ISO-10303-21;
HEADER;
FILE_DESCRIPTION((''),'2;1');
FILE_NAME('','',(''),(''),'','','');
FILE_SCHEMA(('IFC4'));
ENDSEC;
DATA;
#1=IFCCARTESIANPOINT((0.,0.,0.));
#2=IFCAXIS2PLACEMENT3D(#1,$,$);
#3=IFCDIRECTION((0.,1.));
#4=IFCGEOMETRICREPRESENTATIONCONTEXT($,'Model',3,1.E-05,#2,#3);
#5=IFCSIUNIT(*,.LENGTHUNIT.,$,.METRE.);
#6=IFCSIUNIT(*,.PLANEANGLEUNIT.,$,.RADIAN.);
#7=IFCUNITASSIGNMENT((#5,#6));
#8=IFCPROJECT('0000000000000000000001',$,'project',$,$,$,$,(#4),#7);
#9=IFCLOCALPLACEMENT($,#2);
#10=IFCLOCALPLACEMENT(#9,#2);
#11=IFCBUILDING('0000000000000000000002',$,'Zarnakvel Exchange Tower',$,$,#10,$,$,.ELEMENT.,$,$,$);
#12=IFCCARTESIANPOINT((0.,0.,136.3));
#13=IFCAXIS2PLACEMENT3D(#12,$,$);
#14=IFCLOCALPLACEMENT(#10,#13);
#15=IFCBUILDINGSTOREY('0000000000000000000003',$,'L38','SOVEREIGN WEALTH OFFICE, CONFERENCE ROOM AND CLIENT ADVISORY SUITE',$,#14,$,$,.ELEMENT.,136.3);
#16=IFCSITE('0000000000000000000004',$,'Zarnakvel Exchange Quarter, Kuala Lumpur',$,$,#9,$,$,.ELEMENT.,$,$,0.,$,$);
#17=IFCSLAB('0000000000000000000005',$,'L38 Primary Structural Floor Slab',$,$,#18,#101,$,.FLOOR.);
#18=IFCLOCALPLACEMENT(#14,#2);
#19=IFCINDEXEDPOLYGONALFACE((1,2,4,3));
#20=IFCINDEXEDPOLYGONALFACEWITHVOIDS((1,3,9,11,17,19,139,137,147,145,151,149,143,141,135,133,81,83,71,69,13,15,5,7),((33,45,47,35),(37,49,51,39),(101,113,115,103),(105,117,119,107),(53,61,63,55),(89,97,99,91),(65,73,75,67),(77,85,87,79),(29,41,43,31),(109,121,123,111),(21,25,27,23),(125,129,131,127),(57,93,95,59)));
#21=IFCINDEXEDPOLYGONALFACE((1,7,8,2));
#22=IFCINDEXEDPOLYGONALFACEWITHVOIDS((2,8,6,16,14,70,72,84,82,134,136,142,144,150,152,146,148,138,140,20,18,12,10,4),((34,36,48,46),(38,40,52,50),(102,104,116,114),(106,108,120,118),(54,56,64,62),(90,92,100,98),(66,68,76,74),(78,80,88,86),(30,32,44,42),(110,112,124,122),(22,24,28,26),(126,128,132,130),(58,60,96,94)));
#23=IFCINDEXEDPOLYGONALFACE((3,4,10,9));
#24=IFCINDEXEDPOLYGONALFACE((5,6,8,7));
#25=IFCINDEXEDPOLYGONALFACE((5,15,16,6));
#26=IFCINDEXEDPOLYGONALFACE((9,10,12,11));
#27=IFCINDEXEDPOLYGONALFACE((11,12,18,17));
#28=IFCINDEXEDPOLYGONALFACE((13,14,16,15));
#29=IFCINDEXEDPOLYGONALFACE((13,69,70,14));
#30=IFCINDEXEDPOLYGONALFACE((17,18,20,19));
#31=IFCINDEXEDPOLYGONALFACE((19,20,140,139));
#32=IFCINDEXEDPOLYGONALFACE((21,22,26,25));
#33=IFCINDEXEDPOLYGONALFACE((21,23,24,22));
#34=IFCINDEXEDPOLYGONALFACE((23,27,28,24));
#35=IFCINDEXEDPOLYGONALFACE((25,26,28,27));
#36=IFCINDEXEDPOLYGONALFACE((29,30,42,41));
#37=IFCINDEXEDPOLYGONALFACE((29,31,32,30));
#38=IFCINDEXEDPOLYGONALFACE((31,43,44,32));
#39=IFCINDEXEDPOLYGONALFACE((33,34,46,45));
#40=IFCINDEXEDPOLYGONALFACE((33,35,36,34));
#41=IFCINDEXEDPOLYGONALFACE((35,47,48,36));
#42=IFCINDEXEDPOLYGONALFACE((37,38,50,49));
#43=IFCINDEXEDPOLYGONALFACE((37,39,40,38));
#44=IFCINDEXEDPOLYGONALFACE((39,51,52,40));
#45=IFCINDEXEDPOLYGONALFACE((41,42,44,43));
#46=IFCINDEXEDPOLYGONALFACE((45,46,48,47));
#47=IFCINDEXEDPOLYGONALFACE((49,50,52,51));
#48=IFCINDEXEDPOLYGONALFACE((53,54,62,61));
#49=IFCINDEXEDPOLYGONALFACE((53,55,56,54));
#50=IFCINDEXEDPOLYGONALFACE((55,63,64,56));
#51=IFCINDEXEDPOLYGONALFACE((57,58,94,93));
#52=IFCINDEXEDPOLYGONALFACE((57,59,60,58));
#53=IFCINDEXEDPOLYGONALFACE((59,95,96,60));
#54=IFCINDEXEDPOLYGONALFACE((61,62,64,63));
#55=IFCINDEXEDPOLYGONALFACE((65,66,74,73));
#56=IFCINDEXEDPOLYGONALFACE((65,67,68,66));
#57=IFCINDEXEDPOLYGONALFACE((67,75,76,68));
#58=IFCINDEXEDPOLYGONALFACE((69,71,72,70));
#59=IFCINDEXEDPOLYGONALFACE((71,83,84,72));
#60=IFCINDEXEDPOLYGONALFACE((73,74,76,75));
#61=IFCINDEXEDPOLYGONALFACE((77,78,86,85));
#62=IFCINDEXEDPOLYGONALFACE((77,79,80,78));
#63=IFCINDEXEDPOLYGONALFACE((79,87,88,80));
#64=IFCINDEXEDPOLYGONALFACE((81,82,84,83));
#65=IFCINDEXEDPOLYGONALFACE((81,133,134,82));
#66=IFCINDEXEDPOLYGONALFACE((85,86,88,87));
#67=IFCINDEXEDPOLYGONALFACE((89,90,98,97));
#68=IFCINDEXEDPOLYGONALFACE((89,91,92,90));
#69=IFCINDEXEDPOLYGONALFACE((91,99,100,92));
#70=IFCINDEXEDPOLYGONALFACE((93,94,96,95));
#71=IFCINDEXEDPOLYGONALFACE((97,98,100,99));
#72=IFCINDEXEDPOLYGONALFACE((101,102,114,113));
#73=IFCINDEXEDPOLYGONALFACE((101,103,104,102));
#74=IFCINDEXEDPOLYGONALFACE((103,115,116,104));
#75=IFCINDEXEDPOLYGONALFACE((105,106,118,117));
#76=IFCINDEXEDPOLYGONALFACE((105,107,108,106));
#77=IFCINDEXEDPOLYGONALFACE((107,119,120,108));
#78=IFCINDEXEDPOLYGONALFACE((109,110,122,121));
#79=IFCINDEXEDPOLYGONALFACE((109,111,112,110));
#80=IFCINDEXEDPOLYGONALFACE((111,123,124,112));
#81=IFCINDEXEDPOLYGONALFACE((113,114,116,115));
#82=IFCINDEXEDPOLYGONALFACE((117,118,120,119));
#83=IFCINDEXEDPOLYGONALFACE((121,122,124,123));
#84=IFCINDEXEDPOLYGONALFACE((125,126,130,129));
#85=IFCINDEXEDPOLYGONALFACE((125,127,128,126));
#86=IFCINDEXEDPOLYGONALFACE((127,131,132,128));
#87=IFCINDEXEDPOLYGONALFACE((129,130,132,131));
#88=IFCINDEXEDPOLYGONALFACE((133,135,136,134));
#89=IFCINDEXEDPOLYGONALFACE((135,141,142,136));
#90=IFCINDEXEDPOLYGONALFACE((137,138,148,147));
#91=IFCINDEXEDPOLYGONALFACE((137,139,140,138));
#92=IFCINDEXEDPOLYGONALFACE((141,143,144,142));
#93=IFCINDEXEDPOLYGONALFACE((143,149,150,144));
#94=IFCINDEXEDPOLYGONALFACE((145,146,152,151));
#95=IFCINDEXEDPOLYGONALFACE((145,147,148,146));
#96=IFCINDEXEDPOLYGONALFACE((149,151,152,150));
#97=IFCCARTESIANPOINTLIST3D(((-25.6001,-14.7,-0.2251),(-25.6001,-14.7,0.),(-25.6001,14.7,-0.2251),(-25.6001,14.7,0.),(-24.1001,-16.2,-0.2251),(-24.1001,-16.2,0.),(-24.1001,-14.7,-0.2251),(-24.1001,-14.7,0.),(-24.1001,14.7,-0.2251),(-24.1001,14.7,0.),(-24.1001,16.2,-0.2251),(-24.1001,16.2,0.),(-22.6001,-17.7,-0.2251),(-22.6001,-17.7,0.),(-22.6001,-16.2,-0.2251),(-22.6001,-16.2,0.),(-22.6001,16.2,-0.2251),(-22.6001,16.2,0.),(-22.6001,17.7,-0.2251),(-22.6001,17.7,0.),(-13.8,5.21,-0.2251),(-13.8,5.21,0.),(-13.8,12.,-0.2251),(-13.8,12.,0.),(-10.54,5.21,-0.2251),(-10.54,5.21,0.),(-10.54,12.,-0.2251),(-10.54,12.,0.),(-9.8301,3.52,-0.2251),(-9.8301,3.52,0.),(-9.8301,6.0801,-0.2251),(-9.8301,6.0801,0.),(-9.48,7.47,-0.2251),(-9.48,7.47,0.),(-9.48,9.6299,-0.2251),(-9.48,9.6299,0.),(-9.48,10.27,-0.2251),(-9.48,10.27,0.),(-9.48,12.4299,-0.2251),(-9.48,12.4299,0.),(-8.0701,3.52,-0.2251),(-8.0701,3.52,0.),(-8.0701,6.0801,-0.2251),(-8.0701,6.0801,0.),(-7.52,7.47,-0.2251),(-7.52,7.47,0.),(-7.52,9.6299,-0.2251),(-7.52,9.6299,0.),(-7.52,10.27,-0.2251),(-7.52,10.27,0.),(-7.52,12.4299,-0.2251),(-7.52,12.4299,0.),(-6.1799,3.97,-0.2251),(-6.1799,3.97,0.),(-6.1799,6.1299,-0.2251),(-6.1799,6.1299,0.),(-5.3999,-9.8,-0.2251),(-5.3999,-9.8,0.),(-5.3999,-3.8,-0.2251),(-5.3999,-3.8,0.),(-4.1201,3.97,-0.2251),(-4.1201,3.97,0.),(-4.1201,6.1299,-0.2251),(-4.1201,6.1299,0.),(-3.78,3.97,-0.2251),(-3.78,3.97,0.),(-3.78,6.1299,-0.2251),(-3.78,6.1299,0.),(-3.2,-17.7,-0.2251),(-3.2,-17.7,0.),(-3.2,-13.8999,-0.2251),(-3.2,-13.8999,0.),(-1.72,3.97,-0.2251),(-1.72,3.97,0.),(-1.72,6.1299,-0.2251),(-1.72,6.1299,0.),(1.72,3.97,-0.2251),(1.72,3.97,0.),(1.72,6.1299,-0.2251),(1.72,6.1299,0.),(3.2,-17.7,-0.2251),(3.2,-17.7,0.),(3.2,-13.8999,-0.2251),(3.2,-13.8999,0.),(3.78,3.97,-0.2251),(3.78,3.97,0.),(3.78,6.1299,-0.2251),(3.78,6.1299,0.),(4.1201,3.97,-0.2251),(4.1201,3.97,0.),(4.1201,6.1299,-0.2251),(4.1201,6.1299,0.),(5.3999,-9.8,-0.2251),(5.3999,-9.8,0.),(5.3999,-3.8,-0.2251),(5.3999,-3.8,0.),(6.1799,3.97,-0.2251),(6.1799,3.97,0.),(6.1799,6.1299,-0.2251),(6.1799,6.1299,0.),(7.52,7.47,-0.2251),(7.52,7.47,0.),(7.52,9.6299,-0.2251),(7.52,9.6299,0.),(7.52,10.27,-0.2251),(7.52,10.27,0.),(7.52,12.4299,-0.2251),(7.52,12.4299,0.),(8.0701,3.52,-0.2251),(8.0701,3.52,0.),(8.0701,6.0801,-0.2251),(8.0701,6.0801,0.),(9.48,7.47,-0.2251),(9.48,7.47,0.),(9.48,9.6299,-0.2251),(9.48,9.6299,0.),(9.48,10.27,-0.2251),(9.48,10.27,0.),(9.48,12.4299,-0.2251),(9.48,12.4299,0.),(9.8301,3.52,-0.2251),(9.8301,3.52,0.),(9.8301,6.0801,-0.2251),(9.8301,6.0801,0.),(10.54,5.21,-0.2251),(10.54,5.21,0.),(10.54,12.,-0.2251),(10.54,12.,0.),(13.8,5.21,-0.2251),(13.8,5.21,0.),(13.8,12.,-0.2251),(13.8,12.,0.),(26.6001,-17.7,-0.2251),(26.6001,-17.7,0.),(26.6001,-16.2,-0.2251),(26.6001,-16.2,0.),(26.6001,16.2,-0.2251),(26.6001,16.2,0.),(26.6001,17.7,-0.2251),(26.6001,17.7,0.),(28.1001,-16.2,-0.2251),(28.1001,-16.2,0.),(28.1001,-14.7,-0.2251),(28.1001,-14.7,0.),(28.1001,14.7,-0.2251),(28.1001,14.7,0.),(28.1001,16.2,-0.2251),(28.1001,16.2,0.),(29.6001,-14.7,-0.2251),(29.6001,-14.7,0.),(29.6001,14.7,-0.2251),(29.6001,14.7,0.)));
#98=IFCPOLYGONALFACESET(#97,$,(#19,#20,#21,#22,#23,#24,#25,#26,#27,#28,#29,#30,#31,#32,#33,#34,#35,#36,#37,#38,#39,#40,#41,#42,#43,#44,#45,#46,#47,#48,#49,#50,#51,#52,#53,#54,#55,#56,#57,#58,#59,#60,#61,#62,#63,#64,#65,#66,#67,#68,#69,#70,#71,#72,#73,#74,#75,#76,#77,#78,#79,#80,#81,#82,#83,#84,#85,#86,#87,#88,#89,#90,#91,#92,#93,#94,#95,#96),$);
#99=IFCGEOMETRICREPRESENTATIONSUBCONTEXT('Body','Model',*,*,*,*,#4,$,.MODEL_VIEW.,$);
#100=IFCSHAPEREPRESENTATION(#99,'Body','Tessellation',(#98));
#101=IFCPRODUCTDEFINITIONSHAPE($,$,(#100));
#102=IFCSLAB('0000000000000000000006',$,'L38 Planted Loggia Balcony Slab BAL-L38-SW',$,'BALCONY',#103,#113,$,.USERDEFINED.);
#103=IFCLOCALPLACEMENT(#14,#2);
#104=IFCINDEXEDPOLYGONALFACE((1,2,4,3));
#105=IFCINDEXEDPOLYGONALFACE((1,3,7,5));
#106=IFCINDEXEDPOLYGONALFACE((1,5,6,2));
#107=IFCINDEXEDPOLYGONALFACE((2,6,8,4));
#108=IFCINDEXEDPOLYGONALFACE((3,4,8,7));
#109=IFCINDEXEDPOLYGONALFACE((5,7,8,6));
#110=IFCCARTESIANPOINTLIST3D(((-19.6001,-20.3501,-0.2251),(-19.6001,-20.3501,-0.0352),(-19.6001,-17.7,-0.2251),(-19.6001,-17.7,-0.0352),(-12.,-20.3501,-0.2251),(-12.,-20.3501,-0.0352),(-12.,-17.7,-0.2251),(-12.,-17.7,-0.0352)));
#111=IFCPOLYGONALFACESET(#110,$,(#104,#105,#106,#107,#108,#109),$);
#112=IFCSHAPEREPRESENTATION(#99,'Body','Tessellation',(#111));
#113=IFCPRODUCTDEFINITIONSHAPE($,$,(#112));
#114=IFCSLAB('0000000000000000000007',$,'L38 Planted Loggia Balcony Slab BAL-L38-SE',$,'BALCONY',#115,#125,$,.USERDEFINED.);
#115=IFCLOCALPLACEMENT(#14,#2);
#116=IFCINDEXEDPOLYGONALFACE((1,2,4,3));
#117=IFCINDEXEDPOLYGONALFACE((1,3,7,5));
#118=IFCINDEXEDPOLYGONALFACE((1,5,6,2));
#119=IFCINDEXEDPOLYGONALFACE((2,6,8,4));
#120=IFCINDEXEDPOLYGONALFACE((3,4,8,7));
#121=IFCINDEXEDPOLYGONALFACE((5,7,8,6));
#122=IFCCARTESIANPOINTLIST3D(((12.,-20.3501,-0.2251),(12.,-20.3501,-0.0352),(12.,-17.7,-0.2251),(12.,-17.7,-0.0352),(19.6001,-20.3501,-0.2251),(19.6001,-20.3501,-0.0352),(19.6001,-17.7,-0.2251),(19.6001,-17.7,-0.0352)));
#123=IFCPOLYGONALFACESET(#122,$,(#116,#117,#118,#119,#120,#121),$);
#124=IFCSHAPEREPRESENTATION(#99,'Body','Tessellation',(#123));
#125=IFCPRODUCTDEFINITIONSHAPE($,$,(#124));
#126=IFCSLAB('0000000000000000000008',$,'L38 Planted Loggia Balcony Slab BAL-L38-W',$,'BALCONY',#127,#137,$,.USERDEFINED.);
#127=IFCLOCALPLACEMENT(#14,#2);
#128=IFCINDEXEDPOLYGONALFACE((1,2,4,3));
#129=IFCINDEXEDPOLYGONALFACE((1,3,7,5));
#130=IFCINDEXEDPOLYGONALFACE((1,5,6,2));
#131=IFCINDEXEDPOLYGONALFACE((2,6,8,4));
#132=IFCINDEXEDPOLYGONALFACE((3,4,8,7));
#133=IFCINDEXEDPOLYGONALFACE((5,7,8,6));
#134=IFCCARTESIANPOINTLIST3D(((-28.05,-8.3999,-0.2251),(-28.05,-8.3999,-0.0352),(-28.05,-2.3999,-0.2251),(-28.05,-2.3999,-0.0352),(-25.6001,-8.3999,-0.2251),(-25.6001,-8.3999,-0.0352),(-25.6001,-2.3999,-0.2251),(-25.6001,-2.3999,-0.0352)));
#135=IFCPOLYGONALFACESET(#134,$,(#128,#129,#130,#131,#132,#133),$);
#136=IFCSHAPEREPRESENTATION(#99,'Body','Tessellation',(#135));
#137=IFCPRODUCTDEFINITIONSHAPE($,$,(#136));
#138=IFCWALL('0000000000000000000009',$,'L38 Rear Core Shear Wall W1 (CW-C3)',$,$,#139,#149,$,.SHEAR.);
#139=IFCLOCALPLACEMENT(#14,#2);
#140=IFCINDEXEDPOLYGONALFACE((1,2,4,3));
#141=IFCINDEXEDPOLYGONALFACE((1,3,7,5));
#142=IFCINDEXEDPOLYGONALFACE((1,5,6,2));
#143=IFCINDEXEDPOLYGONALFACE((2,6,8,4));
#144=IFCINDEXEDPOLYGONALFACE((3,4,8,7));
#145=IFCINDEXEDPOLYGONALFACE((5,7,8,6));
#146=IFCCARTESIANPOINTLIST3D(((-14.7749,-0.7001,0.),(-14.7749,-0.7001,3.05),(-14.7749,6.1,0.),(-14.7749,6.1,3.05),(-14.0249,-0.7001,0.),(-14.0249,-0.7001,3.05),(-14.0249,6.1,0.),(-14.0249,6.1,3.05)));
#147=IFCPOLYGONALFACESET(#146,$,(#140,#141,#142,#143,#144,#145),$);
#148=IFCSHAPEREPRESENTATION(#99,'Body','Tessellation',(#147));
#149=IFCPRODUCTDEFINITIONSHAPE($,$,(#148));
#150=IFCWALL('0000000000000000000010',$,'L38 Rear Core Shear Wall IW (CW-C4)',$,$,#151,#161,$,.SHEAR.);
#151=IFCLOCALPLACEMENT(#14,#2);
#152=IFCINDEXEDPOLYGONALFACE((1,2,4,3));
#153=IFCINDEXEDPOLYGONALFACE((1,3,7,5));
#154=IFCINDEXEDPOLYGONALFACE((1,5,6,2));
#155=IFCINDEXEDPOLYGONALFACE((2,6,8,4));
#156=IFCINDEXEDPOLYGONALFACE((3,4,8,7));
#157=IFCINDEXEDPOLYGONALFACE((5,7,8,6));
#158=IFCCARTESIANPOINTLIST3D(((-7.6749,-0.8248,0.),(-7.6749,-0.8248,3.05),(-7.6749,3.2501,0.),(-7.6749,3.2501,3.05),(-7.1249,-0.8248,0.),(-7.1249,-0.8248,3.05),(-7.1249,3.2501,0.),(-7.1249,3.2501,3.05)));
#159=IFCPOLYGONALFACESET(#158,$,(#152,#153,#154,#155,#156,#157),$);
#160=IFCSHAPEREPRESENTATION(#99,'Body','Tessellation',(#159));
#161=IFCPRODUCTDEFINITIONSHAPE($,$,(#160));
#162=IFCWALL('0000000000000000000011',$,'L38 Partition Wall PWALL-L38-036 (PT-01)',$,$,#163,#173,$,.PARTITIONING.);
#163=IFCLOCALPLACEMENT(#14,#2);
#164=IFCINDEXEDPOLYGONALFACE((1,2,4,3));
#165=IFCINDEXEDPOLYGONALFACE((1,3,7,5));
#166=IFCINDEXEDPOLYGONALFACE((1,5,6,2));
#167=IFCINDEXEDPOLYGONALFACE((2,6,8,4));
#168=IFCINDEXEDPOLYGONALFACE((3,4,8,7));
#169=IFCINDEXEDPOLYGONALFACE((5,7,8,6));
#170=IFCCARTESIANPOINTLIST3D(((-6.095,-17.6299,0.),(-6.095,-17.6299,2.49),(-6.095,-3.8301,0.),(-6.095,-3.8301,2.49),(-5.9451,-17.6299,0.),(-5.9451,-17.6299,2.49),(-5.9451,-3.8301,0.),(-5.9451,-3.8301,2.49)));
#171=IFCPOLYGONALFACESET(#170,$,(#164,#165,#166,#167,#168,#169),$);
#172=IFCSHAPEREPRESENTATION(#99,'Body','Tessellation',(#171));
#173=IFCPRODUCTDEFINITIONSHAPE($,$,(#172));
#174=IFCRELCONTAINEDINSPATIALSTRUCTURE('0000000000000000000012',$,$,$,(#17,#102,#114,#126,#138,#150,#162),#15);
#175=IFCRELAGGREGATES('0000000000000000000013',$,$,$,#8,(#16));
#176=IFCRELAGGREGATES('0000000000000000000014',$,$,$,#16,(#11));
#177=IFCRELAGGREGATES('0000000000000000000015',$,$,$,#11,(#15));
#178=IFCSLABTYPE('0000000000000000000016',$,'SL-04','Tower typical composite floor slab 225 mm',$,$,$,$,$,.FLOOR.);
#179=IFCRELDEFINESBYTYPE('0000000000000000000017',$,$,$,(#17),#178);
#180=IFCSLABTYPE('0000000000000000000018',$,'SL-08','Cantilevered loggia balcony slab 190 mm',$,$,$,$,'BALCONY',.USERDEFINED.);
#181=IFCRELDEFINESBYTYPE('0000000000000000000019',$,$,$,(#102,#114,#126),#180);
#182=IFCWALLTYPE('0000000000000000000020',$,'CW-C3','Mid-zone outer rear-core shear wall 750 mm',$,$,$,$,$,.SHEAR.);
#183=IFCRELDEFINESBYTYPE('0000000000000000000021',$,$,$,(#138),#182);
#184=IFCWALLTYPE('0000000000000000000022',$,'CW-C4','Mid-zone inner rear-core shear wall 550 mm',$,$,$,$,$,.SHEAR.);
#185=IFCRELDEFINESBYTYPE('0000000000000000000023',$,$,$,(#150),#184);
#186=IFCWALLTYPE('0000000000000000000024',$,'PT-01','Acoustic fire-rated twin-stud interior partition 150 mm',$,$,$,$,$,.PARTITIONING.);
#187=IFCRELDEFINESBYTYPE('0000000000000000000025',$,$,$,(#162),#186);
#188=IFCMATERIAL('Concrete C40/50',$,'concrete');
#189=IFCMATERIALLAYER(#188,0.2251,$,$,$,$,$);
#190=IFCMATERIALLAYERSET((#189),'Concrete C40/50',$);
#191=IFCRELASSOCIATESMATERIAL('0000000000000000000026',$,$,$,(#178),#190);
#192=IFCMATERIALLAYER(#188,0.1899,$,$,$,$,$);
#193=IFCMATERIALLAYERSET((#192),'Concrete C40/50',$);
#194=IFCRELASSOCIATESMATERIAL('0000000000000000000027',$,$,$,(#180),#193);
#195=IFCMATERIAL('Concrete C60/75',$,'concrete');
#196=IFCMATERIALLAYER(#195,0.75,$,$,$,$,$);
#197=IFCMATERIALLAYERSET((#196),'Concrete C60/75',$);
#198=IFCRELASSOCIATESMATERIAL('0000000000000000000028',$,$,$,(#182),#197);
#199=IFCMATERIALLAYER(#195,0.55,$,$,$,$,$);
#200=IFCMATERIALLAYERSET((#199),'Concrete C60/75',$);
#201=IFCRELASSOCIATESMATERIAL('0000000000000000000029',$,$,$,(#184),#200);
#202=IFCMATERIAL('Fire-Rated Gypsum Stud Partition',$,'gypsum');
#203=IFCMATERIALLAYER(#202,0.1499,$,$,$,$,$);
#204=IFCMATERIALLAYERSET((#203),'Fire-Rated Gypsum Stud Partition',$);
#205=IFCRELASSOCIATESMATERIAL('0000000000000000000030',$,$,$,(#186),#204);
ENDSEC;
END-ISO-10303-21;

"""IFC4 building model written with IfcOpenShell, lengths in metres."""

from ifc_helpers import new_model, si_unit, direction, frame, frame_2d, origin, place, context, subcontext, project, spatial, polyline, rectangle, outline, extrude, material, layer, layer_set, type_object, element, save


model = new_model("IFC4")

# Units and contexts
model_context = context("Model", 3, precision=1e-05, world=origin(), true_north=direction((0.0, 1.0)))
body_context = subcontext(model_context, "Body", "Model", "MODEL_VIEW")
ifc_project = project(units=[si_unit("LENGTHUNIT", "METRE"), si_unit("PLANEANGLEUNIT", "RADIAN")], contexts=[model_context])

# Site, building, storey
site_placement = place(None, origin())
site = spatial("IfcSite", under=ifc_project, at=site_placement, Name="Zarnakvel Exchange Quarter, Kuala Lumpur", CompositionType="ELEMENT", RefElevation=0.0)
building_placement = place(site_placement, origin())
building = spatial("IfcBuilding", under=site, at=building_placement, Name="Zarnakvel Exchange Tower", CompositionType="ELEMENT")
storey_placement = place(building_placement, frame((0.0, 0.0, 136.3)))
storey = spatial("IfcBuildingStorey", under=building, at=storey_placement, Name="L38", Description="SOVEREIGN WEALTH OFFICE, CONFERENCE ROOM AND CLIENT ADVISORY SUITE", CompositionType="ELEMENT", Elevation=136.3)

# Shared definitions
ifc_material_1 = material(Name="Concrete C60/75", Category="concrete")

# Shared definitions
ifc_material_2 = material(Name="Concrete C40/50", Category="concrete")

# Slabs
ifc_layer_1 = layer(ifc_material_2, 0.2251)
ifc_layer_set_1 = layer_set([ifc_layer_1], Name="Concrete C40/50")
slab_type_1 = type_object("IfcSlabType", Name="SL-04", Description="Tower typical composite floor slab 225 mm", PredefinedType="FLOOR", material=ifc_layer_set_1)
slab_1_placement = place(storey_placement, frame((0.0, 0.0, -0.2251)))
element("IfcSlab", 1, at=slab_1_placement, inside=storey, type_object=slab_type_1, Name="L38 Primary Structural Floor Slab", PredefinedType="FLOOR", context=body_context, shape_type="SweptSolid", body=[
    extrude(outline(polyline([(-25.6001, -14.7), (-24.1001, -14.7), (-24.1001, -16.2), (-22.6001, -16.2), (-22.6001, -17.7), (-3.2, -17.7), (-3.2, -13.8999), (3.2, -13.8999), (3.2, -17.7), (26.6001, -17.7), (26.6001, -16.2), (28.1001, -16.2), (28.1001, -14.7), (29.6001, -14.7), (29.6001, 14.7), (28.1001, 14.7), (28.1001, 16.2), (26.6001, 16.2), (26.6001, 17.7), (-22.6001, 17.7), (-22.6001, 16.2), (-24.1001, 16.2), (-24.1001, 14.7), (-25.6001, 14.7), (-25.6001, -14.7)]), holes=[polyline([(-5.3999, -9.8), (5.3999, -9.8), (5.3999, -3.8), (-5.3999, -3.8), (-5.3999, -9.8)]), polyline([(-13.8, 5.21), (-10.54, 5.21), (-10.54, 12.0), (-13.8, 12.0), (-13.8, 5.21)]), polyline([(10.54, 5.21), (13.8, 5.21), (13.8, 12.0), (10.54, 12.0), (10.54, 5.21)]), polyline([(-9.8301, 3.52), (-8.0701, 3.52), (-8.0701, 6.0801), (-9.8301, 6.0801), (-9.8301, 3.52)]), polyline([(8.0701, 3.52), (9.8301, 3.52), (9.8301, 6.0801), (8.0701, 6.0801), (8.0701, 3.52)]), polyline([(-6.1799, 3.97), (-4.1201, 3.97), (-4.1201, 6.1299), (-6.1799, 6.1299), (-6.1799, 3.97)]), polyline([(-3.78, 3.97), (-1.72, 3.97), (-1.72, 6.1299), (-3.78, 6.1299), (-3.78, 3.97)]), polyline([(1.72, 3.97), (3.78, 3.97), (3.78, 6.1299), (1.72, 6.1299), (1.72, 3.97)]), polyline([(4.1201, 3.97), (6.1799, 3.97), (6.1799, 6.1299), (4.1201, 6.1299), (4.1201, 3.97)]), polyline([(-9.48, 7.47), (-7.52, 7.47), (-7.52, 9.6299), (-9.48, 9.6299), (-9.48, 7.47)]), polyline([(-9.48, 10.27), (-7.52, 10.27), (-7.52, 12.4299), (-9.48, 12.4299), (-9.48, 10.27)]), polyline([(7.52, 7.47), (9.48, 7.47), (9.48, 9.6299), (7.52, 9.6299), (7.52, 7.47)]), polyline([(7.52, 10.27), (9.48, 10.27), (9.48, 12.4299), (7.52, 12.4299), (7.52, 10.27)])]), origin(), (0.0, 0.0, 1.0), 0.2251),
])
ifc_layer_2 = layer(ifc_material_2, 0.1899)
ifc_layer_set_2 = layer_set([ifc_layer_2], Name="Concrete C40/50")
slab_type_2 = type_object("IfcSlabType", Name="SL-08", Description="Cantilevered loggia balcony slab 190 mm", ElementType="BALCONY", PredefinedType="USERDEFINED", material=ifc_layer_set_2)
slab_2_placement = place(storey_placement, frame((0.0, 0.0, -0.2251)))
element("IfcSlab", 2, at=slab_2_placement, inside=storey, type_object=slab_type_2, Name="L38 Planted Loggia Balcony Slab BAL-L38-SW", ObjectType="BALCONY", PredefinedType="USERDEFINED", context=body_context, shape_type="SweptSolid", body=[
    extrude(outline(polyline([(-19.6001, -20.3501), (-12.0, -20.3501), (-12.0, -17.7), (-19.6001, -17.7), (-19.6001, -20.3501)])), origin(), (0.0, 0.0, 1.0), 0.1899),
])
slab_3_placement = place(storey_placement, frame((0.0, 0.0, -0.2251)))
element("IfcSlab", 3, at=slab_3_placement, inside=storey, type_object=slab_type_2, Name="L38 Planted Loggia Balcony Slab BAL-L38-SE", ObjectType="BALCONY", PredefinedType="USERDEFINED", context=body_context, shape_type="SweptSolid", body=[
    extrude(outline(polyline([(12.0, -20.3501), (19.6001, -20.3501), (19.6001, -17.7), (12.0, -17.7), (12.0, -20.3501)])), origin(), (0.0, 0.0, 1.0), 0.1899),
])
slab_4_placement = place(storey_placement, frame((0.0, 0.0, -0.2251)))
element("IfcSlab", 4, at=slab_4_placement, inside=storey, type_object=slab_type_2, Name="L38 Planted Loggia Balcony Slab BAL-L38-W", ObjectType="BALCONY", PredefinedType="USERDEFINED", context=body_context, shape_type="SweptSolid", body=[
    extrude(outline(polyline([(-28.05, -8.3999), (-25.6001, -8.3999), (-25.6001, -2.3999), (-28.05, -2.3999), (-28.05, -8.3999)])), origin(), (0.0, 0.0, 1.0), 0.1899),
])

# Wall
ifc_layer_3 = layer(ifc_material_1, 0.75)
ifc_layer_set_3 = layer_set([ifc_layer_3], Name="Concrete C60/75")
wall_type_1 = type_object("IfcWallType", Name="CW-C3", Description="Mid-zone outer rear-core shear wall 750 mm", PredefinedType="SHEAR", material=ifc_layer_set_3)
wall_1_placement = place(storey_placement, frame((-14.3999, -0.7, 0.0), z_axis=(0.0, 0.0, 1.0), x_axis=(0.0, 1.0, 0.0)))
element("IfcWall", 5, at=wall_1_placement, inside=storey, type_object=wall_type_1, Name="L38 Rear Core Shear Wall W1 (CW-C3)", PredefinedType="SHEAR", context=body_context, shape_type="SweptSolid", body=[
    extrude(rectangle(XDim=6.8, YDim=0.75, at=frame_2d((3.3999, 0.0))), origin(), (0.0, 0.0, 1.0), 3.05),
])

# Walls
ifc_layer_4 = layer(ifc_material_1, 0.55)
ifc_layer_set_4 = layer_set([ifc_layer_4], Name="Concrete C60/75")
wall_type_2 = type_object("IfcWallType", Name="CW-C4", Description="Mid-zone inner rear-core shear wall 550 mm", PredefinedType="SHEAR", material=ifc_layer_set_4)
wall_2_placement = place(storey_placement, frame((-7.3999, -0.825, 0.0), z_axis=(0.0, 0.0, 1.0), x_axis=(0.0, 1.0, 0.0)))
element("IfcWall", 6, at=wall_2_placement, inside=storey, type_object=wall_type_2, Name="L38 Rear Core Shear Wall IW (CW-C4)", PredefinedType="SHEAR", context=body_context, shape_type="SweptSolid", body=[
    extrude(rectangle(XDim=4.075, YDim=0.55, at=frame_2d((2.0376, 0.0))), origin(), (0.0, 0.0, 1.0), 3.05),
])
ifc_material_3 = material(Name="Fire-Rated Gypsum Stud Partition", Category="gypsum")
ifc_layer_5 = layer(ifc_material_3, 0.1499)
ifc_layer_set_5 = layer_set([ifc_layer_5], Name="Fire-Rated Gypsum Stud Partition")
wall_type_3 = type_object("IfcWallType", Name="PT-01", Description="Acoustic fire-rated twin-stud interior partition 150 mm", PredefinedType="PARTITIONING", material=ifc_layer_set_5)
wall_3_placement = place(storey_placement, frame((-6.02, -3.8301, 0.0), z_axis=(0.0, 0.0, 1.0), x_axis=(0.0, -1.0, 0.0)))
element("IfcWall", 7, at=wall_3_placement, inside=storey, type_object=wall_type_3, Name="L38 Partition Wall PWALL-L38-036 (PT-01)", PredefinedType="PARTITIONING", context=body_context, shape_type="SweptSolid", body=[
    extrude(rectangle(XDim=13.7998, YDim=0.1499, at=frame_2d((6.8999, 0.0))), origin(), (0.0, 0.0, 1.0), 2.49),
])

save(model, "model.ifc")
